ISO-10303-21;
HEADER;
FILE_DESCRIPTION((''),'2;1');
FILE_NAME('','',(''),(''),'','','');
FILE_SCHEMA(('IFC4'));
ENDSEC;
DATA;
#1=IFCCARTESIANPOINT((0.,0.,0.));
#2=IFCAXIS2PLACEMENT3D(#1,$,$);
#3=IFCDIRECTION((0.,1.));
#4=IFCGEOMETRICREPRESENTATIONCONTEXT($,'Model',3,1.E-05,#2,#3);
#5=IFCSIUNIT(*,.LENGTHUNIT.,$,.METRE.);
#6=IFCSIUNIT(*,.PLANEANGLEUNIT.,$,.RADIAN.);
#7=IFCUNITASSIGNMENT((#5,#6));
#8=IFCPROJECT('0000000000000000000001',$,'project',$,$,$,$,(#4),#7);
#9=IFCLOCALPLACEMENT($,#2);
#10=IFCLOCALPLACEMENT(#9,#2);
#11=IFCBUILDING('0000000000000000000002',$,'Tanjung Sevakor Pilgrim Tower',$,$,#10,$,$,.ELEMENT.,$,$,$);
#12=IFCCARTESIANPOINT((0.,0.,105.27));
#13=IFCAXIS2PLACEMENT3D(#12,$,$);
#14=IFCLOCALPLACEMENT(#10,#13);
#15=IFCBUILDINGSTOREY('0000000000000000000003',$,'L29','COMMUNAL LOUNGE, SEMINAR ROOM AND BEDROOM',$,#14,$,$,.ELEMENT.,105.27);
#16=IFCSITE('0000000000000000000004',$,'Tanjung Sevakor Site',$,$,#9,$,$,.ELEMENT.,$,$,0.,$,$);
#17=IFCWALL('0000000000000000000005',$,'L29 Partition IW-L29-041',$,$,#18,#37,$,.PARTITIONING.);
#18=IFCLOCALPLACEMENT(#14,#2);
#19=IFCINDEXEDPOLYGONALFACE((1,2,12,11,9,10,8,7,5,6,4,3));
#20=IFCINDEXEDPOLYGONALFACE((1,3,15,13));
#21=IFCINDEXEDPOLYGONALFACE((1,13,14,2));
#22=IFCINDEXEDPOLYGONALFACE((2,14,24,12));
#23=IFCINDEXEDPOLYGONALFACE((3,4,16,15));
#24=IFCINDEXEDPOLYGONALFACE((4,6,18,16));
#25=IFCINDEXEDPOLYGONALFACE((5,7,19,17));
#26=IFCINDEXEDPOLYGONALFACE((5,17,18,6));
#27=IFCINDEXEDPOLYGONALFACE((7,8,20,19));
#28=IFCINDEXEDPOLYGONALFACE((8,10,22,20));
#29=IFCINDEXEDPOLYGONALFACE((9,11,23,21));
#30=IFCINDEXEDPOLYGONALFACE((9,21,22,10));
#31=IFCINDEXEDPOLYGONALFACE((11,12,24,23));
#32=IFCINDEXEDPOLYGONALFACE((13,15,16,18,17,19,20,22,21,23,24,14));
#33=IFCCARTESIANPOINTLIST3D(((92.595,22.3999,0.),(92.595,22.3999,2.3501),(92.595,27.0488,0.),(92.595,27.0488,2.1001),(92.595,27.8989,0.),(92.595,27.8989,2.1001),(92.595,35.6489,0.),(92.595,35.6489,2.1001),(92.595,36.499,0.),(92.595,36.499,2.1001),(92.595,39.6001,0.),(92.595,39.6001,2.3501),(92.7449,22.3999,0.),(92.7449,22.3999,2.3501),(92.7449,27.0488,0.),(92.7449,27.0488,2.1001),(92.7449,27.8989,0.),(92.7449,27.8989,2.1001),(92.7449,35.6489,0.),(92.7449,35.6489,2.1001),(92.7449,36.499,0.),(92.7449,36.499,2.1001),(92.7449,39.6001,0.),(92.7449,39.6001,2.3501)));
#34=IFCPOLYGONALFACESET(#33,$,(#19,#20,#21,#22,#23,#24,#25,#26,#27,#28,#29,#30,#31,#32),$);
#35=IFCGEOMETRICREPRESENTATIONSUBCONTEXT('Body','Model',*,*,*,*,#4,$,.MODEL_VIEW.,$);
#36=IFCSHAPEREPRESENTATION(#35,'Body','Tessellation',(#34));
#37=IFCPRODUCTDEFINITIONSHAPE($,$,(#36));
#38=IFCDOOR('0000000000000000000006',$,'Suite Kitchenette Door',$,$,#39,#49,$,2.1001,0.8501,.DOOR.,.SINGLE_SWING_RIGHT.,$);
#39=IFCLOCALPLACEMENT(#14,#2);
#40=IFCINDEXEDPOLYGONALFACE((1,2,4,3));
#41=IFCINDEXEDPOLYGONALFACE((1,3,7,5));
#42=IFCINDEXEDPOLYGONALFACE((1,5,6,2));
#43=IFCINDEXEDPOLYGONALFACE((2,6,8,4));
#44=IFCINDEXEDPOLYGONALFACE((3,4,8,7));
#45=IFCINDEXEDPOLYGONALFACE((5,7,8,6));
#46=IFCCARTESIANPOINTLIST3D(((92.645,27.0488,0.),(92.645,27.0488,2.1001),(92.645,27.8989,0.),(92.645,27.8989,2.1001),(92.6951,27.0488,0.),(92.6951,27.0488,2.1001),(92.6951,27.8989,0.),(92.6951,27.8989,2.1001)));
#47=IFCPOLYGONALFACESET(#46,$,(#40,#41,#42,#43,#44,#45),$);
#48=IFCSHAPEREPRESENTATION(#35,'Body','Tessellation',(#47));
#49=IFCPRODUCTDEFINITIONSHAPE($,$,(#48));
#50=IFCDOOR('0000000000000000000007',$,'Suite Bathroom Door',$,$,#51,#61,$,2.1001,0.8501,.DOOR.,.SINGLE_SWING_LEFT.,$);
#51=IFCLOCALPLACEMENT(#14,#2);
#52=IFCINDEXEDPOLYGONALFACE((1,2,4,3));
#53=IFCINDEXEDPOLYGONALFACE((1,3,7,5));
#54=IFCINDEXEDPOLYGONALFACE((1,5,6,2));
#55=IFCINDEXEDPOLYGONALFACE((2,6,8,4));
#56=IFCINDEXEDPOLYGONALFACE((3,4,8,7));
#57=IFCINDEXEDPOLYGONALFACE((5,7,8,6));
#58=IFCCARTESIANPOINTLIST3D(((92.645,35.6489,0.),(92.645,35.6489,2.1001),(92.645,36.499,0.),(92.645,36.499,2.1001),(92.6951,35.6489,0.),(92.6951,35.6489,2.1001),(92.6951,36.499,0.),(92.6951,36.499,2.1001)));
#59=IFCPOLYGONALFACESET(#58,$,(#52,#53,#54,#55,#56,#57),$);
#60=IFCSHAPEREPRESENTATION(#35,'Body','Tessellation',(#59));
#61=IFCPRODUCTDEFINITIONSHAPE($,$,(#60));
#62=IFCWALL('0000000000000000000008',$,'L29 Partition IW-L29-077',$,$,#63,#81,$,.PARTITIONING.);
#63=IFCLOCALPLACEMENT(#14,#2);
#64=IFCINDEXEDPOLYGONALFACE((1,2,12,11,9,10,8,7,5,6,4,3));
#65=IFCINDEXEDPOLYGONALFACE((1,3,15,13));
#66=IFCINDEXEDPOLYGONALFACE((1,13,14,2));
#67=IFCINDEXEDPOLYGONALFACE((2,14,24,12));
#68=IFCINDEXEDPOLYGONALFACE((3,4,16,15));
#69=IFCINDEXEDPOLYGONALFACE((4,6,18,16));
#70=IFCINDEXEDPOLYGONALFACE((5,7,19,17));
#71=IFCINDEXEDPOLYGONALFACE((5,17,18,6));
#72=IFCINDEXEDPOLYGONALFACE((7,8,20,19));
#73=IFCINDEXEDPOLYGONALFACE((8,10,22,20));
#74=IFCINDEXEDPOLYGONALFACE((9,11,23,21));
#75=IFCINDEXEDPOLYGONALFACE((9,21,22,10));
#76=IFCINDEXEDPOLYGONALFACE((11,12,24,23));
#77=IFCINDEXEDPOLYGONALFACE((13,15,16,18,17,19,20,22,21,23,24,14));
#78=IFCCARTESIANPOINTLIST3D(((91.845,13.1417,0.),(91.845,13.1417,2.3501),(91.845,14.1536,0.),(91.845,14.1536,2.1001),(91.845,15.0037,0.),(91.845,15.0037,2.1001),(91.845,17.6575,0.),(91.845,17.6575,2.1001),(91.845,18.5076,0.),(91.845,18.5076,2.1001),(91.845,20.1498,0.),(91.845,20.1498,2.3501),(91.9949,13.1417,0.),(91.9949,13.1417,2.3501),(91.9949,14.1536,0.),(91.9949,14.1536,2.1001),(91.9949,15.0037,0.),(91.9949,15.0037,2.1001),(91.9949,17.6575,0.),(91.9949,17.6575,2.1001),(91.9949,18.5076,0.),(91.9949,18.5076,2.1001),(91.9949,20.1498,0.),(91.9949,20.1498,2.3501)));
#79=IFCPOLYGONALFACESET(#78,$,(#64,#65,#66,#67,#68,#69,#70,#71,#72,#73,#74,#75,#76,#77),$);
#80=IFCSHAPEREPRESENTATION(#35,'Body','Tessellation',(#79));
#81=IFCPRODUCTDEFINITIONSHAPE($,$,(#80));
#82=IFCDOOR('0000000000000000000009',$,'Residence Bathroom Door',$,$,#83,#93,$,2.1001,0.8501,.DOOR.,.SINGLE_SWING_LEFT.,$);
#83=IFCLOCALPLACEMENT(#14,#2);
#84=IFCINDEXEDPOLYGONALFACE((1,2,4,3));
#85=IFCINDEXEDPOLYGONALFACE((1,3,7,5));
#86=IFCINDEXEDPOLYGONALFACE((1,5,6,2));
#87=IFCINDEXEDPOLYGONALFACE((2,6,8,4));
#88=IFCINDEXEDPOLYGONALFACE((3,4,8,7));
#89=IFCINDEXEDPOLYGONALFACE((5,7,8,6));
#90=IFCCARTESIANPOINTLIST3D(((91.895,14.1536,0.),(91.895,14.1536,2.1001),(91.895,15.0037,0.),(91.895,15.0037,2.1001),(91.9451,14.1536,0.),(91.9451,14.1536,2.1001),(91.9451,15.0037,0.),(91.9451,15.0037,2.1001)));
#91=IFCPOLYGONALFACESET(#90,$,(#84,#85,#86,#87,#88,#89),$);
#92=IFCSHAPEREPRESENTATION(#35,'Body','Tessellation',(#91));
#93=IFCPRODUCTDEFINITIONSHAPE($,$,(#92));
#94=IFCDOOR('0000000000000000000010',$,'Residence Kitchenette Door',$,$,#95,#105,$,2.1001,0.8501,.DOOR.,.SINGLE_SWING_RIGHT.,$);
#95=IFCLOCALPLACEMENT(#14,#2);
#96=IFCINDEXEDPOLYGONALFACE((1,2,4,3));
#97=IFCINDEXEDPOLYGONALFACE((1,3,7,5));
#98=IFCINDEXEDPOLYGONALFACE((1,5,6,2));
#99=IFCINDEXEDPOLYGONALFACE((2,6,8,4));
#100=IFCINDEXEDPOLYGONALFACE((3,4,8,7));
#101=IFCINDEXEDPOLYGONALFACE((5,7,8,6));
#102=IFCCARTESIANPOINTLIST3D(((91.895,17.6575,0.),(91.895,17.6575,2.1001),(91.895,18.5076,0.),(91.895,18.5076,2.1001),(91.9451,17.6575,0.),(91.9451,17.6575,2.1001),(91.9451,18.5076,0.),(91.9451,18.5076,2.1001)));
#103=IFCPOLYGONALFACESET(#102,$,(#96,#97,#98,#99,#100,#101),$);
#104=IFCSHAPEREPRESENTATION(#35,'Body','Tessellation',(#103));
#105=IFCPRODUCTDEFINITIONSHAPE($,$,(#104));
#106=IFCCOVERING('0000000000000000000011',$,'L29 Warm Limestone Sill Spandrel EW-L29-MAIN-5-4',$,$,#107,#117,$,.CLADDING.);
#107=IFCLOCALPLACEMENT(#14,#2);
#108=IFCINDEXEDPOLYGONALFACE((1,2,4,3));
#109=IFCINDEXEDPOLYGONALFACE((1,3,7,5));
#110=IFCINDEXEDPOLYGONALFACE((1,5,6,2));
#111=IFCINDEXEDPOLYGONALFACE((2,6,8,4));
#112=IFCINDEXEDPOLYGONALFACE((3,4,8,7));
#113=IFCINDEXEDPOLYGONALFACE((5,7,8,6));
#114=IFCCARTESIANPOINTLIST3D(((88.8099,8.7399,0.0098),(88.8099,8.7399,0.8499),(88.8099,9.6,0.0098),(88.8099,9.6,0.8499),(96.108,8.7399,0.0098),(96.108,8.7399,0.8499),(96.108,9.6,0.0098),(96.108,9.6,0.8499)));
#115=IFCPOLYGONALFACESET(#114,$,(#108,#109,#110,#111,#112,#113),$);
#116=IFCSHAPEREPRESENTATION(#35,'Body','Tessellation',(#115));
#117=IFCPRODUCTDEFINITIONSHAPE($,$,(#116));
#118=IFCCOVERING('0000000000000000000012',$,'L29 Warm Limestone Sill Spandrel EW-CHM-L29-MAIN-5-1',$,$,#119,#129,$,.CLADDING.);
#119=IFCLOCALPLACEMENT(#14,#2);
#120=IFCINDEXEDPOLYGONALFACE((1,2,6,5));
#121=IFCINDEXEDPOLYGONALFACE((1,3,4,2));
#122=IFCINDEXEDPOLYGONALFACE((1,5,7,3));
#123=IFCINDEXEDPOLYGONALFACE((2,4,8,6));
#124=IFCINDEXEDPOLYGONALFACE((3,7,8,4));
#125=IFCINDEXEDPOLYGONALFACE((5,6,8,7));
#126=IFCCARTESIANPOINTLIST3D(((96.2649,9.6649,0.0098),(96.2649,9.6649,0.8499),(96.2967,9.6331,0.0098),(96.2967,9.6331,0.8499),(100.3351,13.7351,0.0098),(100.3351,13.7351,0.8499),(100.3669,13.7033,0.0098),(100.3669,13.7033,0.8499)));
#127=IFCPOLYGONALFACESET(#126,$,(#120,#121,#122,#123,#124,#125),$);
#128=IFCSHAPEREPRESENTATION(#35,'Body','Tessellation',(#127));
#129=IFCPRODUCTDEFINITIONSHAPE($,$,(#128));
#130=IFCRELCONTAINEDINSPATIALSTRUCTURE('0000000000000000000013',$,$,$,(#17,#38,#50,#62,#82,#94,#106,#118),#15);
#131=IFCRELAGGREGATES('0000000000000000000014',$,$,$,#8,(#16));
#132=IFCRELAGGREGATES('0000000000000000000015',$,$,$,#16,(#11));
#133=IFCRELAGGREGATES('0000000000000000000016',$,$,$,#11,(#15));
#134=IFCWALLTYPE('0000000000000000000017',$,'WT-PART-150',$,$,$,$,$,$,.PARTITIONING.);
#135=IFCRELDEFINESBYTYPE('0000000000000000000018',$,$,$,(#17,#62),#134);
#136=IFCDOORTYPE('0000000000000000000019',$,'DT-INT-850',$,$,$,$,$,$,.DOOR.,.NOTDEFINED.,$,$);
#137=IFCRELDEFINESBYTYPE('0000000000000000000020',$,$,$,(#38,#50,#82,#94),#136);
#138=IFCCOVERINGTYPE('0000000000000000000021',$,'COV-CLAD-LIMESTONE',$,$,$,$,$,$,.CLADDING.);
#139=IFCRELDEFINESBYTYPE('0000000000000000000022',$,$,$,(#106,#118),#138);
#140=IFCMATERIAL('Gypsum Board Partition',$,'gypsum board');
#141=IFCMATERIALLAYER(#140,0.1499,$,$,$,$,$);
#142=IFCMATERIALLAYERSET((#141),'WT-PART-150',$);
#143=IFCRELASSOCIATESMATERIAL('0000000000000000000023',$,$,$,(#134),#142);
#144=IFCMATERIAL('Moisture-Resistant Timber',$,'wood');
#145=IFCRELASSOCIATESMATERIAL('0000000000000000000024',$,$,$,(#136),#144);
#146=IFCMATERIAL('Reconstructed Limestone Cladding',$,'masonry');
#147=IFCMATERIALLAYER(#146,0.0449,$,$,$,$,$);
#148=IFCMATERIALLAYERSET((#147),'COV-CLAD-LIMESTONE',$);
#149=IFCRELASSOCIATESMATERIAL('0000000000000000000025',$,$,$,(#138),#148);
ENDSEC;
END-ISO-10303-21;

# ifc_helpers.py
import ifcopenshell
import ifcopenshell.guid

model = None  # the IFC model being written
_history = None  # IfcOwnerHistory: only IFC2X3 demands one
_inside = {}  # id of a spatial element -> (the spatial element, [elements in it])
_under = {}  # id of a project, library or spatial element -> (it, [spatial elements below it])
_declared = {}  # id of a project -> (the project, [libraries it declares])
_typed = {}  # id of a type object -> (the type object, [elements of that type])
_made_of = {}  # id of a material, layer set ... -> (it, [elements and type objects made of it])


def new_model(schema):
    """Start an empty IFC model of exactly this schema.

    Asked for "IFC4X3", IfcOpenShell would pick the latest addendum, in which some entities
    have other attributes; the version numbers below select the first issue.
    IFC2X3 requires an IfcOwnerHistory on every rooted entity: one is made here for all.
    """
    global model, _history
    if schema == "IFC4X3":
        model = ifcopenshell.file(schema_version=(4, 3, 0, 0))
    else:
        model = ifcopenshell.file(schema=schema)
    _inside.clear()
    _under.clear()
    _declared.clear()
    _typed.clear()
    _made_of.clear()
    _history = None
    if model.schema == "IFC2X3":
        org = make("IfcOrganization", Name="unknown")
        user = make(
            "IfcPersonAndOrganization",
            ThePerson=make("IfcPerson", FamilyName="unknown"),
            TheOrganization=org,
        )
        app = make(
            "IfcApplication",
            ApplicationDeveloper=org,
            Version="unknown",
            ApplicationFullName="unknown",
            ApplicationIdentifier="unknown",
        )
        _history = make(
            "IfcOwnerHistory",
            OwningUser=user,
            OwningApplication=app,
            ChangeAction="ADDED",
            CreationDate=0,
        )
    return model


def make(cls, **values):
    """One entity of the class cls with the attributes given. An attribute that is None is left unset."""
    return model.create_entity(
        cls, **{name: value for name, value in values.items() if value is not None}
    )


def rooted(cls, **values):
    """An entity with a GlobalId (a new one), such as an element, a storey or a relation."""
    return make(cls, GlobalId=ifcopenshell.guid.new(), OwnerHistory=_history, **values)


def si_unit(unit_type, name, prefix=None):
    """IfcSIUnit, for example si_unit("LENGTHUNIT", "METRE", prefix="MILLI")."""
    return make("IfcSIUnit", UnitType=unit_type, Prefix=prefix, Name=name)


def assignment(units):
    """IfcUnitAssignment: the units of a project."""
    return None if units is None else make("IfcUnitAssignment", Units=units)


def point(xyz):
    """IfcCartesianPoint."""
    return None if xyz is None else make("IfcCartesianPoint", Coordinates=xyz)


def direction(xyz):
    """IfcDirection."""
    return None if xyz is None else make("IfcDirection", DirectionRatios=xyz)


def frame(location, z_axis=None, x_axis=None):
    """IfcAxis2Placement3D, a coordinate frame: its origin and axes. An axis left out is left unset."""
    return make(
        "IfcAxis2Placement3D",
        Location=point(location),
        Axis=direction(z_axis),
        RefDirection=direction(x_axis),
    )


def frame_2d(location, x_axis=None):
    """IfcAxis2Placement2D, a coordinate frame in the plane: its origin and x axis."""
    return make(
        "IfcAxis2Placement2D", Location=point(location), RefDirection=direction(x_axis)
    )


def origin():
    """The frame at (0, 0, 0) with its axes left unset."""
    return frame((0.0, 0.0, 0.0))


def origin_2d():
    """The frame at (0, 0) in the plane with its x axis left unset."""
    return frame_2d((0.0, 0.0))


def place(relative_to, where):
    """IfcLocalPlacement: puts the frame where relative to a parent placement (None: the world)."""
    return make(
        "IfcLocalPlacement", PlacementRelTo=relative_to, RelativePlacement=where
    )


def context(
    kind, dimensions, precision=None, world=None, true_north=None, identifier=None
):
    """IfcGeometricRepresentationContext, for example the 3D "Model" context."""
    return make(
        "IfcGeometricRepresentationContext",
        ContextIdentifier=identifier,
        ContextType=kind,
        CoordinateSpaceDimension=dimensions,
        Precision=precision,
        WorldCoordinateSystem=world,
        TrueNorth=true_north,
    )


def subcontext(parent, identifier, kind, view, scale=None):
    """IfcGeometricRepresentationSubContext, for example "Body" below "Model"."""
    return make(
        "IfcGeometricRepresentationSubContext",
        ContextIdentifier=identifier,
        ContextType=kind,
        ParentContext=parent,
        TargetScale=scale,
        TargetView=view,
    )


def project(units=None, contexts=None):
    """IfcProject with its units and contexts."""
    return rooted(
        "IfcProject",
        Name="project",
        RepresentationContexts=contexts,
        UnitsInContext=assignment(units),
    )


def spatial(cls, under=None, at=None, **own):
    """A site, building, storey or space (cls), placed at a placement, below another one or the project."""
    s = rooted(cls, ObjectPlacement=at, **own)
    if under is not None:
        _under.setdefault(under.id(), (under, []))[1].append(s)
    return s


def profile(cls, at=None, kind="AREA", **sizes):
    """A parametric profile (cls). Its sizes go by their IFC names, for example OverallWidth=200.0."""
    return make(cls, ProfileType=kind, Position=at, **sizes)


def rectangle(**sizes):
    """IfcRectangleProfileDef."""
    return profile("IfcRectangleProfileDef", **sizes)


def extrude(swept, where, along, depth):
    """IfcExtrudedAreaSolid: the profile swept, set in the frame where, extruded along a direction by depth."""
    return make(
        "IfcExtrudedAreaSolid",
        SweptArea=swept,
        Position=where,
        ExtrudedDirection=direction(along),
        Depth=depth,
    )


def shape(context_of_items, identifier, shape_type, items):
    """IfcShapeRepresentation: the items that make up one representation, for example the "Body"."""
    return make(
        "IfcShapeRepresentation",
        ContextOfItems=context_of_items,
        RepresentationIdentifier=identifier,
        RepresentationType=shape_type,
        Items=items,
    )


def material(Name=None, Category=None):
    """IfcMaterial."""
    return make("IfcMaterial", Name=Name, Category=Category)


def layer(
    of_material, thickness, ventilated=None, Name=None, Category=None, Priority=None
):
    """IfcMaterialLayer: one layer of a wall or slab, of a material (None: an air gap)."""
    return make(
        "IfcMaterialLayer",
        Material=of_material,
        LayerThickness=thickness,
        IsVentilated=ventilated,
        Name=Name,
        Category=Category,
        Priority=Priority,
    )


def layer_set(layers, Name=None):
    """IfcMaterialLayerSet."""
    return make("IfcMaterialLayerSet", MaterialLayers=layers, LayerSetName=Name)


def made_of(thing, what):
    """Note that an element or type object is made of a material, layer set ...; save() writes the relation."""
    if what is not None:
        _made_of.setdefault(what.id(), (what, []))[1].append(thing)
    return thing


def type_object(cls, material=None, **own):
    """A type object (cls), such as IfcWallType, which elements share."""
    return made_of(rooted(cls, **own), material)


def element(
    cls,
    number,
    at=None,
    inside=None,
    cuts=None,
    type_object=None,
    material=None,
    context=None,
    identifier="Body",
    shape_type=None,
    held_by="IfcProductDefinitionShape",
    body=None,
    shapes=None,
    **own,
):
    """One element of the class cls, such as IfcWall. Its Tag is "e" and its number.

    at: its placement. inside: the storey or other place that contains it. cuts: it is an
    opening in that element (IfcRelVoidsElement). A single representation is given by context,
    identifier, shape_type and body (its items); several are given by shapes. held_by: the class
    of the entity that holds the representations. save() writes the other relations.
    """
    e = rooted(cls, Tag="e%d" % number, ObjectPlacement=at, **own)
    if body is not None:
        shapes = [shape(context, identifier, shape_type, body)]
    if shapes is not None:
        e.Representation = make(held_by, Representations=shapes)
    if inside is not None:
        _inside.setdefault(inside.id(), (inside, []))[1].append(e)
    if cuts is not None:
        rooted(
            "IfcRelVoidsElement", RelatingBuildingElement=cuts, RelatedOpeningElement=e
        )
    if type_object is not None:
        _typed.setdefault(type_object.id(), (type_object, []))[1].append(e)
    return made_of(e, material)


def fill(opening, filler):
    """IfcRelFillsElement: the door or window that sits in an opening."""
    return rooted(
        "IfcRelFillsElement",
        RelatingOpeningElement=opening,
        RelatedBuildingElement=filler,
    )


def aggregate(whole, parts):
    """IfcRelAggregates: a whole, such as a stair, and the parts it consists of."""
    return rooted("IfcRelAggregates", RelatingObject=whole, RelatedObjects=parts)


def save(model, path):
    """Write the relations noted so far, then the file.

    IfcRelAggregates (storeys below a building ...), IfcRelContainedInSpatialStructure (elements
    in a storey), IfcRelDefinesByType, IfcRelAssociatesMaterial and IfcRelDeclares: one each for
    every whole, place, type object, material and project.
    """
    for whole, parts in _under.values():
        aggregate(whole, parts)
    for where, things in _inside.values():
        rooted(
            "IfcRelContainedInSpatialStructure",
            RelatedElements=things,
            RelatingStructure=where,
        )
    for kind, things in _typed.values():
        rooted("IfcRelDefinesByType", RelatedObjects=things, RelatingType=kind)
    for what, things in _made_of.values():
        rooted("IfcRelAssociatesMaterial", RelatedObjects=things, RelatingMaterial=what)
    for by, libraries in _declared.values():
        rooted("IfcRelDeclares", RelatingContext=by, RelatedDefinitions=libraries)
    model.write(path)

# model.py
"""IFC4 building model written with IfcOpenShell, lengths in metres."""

from ifc_helpers import new_model, si_unit, direction, frame, frame_2d, origin, origin_2d, place, context, subcontext, project, spatial, rectangle, extrude, material, layer, layer_set, type_object, element, fill, save


model = new_model("IFC4")

# Units and contexts
model_context = context("Model", 3, precision=1e-05, world=origin(), true_north=direction((0.0, 1.0)))
body_context = subcontext(model_context, "Body", "Model", "MODEL_VIEW")
ifc_project = project(units=[si_unit("LENGTHUNIT", "METRE"), si_unit("PLANEANGLEUNIT", "RADIAN")], contexts=[model_context])

# Site, building, storey
site_placement = place(None, origin())
site = spatial("IfcSite", under=ifc_project, at=site_placement, Name="Tanjung Sevakor Site", CompositionType="ELEMENT", RefElevation=0.0)
building_placement = place(site_placement, origin())
building = spatial("IfcBuilding", under=site, at=building_placement, Name="Tanjung Sevakor Pilgrim Tower", CompositionType="ELEMENT")
storey_placement = place(building_placement, frame((0.0, 0.0, 105.27)))
storey = spatial("IfcBuildingStorey", under=building, at=storey_placement, Name="L29", Description="COMMUNAL LOUNGE, SEMINAR ROOM AND BEDROOM", CompositionType="ELEMENT", Elevation=105.27)

# Shared definitions
ifc_material_1 = material(Name="Gypsum Board Partition", Category="gypsum board")
ifc_layer_1 = layer(ifc_material_1, 0.1499)
ifc_layer_set_1 = layer_set([ifc_layer_1], Name="WT-PART-150")
wall_type_1 = type_object("IfcWallType", Name="WT-PART-150", PredefinedType="PARTITIONING", material=ifc_layer_set_1)
ifc_material_2 = material(Name="Moisture-Resistant Timber", Category="wood")
door_type_1 = type_object("IfcDoorType", Name="DT-INT-850", OperationType="NOTDEFINED", PredefinedType="DOOR", material=ifc_material_2)

# Walls, openings, doors
wall_1_placement = place(storey_placement, frame((92.6699, 22.3999, 0.0), z_axis=(0.0, 0.0, 1.0), x_axis=(0.0, 1.0, 0.0)))
wall_1 = element("IfcWall", 1, at=wall_1_placement, inside=storey, type_object=wall_type_1, Name="L29 Partition IW-L29-041", PredefinedType="PARTITIONING", context=body_context, shape_type="SweptSolid", body=[
    extrude(rectangle(XDim=17.2002, YDim=0.1499, at=frame_2d((8.6001, 0.0))), origin(), (0.0, 0.0, 1.0), 2.3501),
])
opening_1_placement = place(wall_1_placement, frame((4.6489, 0.0, 0.0)))
opening_1 = element("IfcOpeningElement", 2, at=opening_1_placement, cuts=wall_1, PredefinedType="OPENING", context=body_context, shape_type="SweptSolid", body=[
    extrude(rectangle(XDim=0.8501, YDim=2.1001, at=frame_2d((0.425, 1.05))), frame((0.0, 0.085, 0.0), z_axis=(0.0, -1.0, 0.0), x_axis=(1.0, 0.0, 0.0)), (0.0, 0.0, 1.0), 0.1699),
])
opening_2_placement = place(wall_1_placement, frame((13.249, 0.0, 0.0)))
opening_2 = element("IfcOpeningElement", 3, at=opening_2_placement, cuts=wall_1, PredefinedType="OPENING", context=body_context, shape_type="SweptSolid", body=[
    extrude(rectangle(XDim=0.8501, YDim=2.1001, at=frame_2d((0.425, 1.05))), frame((0.0, 0.085, 0.0), z_axis=(0.0, -1.0, 0.0), x_axis=(1.0, 0.0, 0.0)), (0.0, 0.0, 1.0), 0.1699),
])
door_1_placement = place(opening_1_placement, origin())
door_1 = element("IfcDoor", 4, at=door_1_placement, inside=storey, type_object=door_type_1, Name="Suite Kitchenette Door", OperationType="SINGLE_SWING_RIGHT", OverallHeight=2.1001, OverallWidth=0.8501, PredefinedType="DOOR", context=body_context, shape_type="SweptSolid", body=[
    extrude(rectangle(XDim=0.8501, YDim=2.1001, at=frame_2d((0.425, 1.05))), frame((0.0, 0.0249, 0.0), z_axis=(0.0, -1.0, 0.0), x_axis=(1.0, 0.0, 0.0)), (0.0, 0.0, 1.0), 0.05),
])
fill(opening_1, door_1)
door_2_placement = place(opening_2_placement, origin())
door_2 = element("IfcDoor", 5, at=door_2_placement, inside=storey, type_object=door_type_1, Name="Suite Bathroom Door", OperationType="SINGLE_SWING_LEFT", OverallHeight=2.1001, OverallWidth=0.8501, PredefinedType="DOOR", context=body_context, shape_type="SweptSolid", body=[
    extrude(rectangle(XDim=0.8501, YDim=2.1001, at=frame_2d((0.425, 1.05))), frame((0.0, 0.0249, 0.0), z_axis=(0.0, -1.0, 0.0), x_axis=(1.0, 0.0, 0.0)), (0.0, 0.0, 1.0), 0.05),
])
fill(opening_2, door_2)
wall_2_placement = place(storey_placement, frame((91.9199, 13.1418, 0.0), z_axis=(0.0, 0.0, 1.0), x_axis=(0.0, 1.0, 0.0)))
wall_2 = element("IfcWall", 6, at=wall_2_placement, inside=storey, type_object=wall_type_1, Name="L29 Partition IW-L29-077", PredefinedType="PARTITIONING", context=body_context, shape_type="SweptSolid", body=[
    extrude(rectangle(XDim=7.0081, YDim=0.1499, at=frame_2d((3.5039, 0.0))), origin(), (0.0, 0.0, 1.0), 2.3501),
])
opening_3_placement = place(wall_2_placement, frame((1.0117, 0.0, 0.0)))
opening_3 = element("IfcOpeningElement", 7, at=opening_3_placement, cuts=wall_2, PredefinedType="OPENING", context=body_context, shape_type="SweptSolid", body=[
    extrude(rectangle(XDim=0.8501, YDim=2.1001, at=frame_2d((0.425, 1.05))), frame((0.0, 0.085, 0.0), z_axis=(0.0, -1.0, 0.0), x_axis=(1.0, 0.0, 0.0)), (0.0, 0.0, 1.0), 0.1699),
])
opening_4_placement = place(wall_2_placement, frame((4.5156, 0.0, 0.0)))
opening_4 = element("IfcOpeningElement", 8, at=opening_4_placement, cuts=wall_2, PredefinedType="OPENING", context=body_context, shape_type="SweptSolid", body=[
    extrude(rectangle(XDim=0.8501, YDim=2.1001, at=frame_2d((0.425, 1.05))), frame((0.0, 0.085, 0.0), z_axis=(0.0, -1.0, 0.0), x_axis=(1.0, 0.0, 0.0)), (0.0, 0.0, 1.0), 0.1699),
])
door_3_placement = place(opening_3_placement, origin())
door_3 = element("IfcDoor", 9, at=door_3_placement, inside=storey, type_object=door_type_1, Name="Residence Bathroom Door", OperationType="SINGLE_SWING_LEFT", OverallHeight=2.1001, OverallWidth=0.8501, PredefinedType="DOOR", context=body_context, shape_type="SweptSolid", body=[
    extrude(rectangle(XDim=0.8501, YDim=2.1001, at=frame_2d((0.425, 1.05))), frame((0.0, 0.0249, 0.0), z_axis=(0.0, -1.0, 0.0), x_axis=(1.0, 0.0, 0.0)), (0.0, 0.0, 1.0), 0.05),
])
fill(opening_3, door_3)
door_4_placement = place(opening_4_placement, origin())
door_4 = element("IfcDoor", 10, at=door_4_placement, inside=storey, type_object=door_type_1, Name="Residence Kitchenette Door", OperationType="SINGLE_SWING_RIGHT", OverallHeight=2.1001, OverallWidth=0.8501, PredefinedType="DOOR", context=body_context, shape_type="SweptSolid", body=[
    extrude(rectangle(XDim=0.8501, YDim=2.1001, at=frame_2d((0.425, 1.05))), frame((0.0, 0.0249, 0.0), z_axis=(0.0, -1.0, 0.0), x_axis=(1.0, 0.0, 0.0)), (0.0, 0.0, 1.0), 0.05),
])
fill(opening_4, door_4)

# Coverings
ifc_material_3 = material(Name="Reconstructed Limestone Cladding", Category="masonry")
ifc_layer_2 = layer(ifc_material_3, 0.0449)
ifc_layer_set_2 = layer_set([ifc_layer_2], Name="COV-CLAD-LIMESTONE")
covering_type = type_object("IfcCoveringType", Name="COV-CLAD-LIMESTONE", PredefinedType="CLADDING", material=ifc_layer_set_2)
covering_1_placement = place(storey_placement, frame((92.459, 9.1699, 0.0098), z_axis=(0.0, 0.0, 1.0), x_axis=(1.0, 0.0, 0.0)))
element("IfcCovering", 11, at=covering_1_placement, inside=storey, type_object=covering_type, Name="L29 Warm Limestone Sill Spandrel EW-L29-MAIN-5-4", PredefinedType="CLADDING", context=body_context, shape_type="SweptSolid", body=[
    extrude(rectangle(XDim=7.2981, YDim=0.8601, at=origin_2d()), origin(), (0.0, 0.0, 1.0), 0.8401),
])
covering_2_placement = place(storey_placement, frame((98.3159, 11.6841, 0.0098), z_axis=(0.0, 0.0, 1.0), x_axis=(0.707107, 0.707107, 0.0)))
element("IfcCovering", 12, at=covering_2_placement, inside=storey, type_object=covering_type, Name="L29 Warm Limestone Sill Spandrel EW-CHM-L29-MAIN-5-1", PredefinedType="CLADDING", context=body_context, shape_type="SweptSolid", body=[
    extrude(rectangle(XDim=5.7561, YDim=0.0449, at=origin_2d()), origin(), (0.0, 0.0, 1.0), 0.8401),
])

save(model, "model.ifc")
